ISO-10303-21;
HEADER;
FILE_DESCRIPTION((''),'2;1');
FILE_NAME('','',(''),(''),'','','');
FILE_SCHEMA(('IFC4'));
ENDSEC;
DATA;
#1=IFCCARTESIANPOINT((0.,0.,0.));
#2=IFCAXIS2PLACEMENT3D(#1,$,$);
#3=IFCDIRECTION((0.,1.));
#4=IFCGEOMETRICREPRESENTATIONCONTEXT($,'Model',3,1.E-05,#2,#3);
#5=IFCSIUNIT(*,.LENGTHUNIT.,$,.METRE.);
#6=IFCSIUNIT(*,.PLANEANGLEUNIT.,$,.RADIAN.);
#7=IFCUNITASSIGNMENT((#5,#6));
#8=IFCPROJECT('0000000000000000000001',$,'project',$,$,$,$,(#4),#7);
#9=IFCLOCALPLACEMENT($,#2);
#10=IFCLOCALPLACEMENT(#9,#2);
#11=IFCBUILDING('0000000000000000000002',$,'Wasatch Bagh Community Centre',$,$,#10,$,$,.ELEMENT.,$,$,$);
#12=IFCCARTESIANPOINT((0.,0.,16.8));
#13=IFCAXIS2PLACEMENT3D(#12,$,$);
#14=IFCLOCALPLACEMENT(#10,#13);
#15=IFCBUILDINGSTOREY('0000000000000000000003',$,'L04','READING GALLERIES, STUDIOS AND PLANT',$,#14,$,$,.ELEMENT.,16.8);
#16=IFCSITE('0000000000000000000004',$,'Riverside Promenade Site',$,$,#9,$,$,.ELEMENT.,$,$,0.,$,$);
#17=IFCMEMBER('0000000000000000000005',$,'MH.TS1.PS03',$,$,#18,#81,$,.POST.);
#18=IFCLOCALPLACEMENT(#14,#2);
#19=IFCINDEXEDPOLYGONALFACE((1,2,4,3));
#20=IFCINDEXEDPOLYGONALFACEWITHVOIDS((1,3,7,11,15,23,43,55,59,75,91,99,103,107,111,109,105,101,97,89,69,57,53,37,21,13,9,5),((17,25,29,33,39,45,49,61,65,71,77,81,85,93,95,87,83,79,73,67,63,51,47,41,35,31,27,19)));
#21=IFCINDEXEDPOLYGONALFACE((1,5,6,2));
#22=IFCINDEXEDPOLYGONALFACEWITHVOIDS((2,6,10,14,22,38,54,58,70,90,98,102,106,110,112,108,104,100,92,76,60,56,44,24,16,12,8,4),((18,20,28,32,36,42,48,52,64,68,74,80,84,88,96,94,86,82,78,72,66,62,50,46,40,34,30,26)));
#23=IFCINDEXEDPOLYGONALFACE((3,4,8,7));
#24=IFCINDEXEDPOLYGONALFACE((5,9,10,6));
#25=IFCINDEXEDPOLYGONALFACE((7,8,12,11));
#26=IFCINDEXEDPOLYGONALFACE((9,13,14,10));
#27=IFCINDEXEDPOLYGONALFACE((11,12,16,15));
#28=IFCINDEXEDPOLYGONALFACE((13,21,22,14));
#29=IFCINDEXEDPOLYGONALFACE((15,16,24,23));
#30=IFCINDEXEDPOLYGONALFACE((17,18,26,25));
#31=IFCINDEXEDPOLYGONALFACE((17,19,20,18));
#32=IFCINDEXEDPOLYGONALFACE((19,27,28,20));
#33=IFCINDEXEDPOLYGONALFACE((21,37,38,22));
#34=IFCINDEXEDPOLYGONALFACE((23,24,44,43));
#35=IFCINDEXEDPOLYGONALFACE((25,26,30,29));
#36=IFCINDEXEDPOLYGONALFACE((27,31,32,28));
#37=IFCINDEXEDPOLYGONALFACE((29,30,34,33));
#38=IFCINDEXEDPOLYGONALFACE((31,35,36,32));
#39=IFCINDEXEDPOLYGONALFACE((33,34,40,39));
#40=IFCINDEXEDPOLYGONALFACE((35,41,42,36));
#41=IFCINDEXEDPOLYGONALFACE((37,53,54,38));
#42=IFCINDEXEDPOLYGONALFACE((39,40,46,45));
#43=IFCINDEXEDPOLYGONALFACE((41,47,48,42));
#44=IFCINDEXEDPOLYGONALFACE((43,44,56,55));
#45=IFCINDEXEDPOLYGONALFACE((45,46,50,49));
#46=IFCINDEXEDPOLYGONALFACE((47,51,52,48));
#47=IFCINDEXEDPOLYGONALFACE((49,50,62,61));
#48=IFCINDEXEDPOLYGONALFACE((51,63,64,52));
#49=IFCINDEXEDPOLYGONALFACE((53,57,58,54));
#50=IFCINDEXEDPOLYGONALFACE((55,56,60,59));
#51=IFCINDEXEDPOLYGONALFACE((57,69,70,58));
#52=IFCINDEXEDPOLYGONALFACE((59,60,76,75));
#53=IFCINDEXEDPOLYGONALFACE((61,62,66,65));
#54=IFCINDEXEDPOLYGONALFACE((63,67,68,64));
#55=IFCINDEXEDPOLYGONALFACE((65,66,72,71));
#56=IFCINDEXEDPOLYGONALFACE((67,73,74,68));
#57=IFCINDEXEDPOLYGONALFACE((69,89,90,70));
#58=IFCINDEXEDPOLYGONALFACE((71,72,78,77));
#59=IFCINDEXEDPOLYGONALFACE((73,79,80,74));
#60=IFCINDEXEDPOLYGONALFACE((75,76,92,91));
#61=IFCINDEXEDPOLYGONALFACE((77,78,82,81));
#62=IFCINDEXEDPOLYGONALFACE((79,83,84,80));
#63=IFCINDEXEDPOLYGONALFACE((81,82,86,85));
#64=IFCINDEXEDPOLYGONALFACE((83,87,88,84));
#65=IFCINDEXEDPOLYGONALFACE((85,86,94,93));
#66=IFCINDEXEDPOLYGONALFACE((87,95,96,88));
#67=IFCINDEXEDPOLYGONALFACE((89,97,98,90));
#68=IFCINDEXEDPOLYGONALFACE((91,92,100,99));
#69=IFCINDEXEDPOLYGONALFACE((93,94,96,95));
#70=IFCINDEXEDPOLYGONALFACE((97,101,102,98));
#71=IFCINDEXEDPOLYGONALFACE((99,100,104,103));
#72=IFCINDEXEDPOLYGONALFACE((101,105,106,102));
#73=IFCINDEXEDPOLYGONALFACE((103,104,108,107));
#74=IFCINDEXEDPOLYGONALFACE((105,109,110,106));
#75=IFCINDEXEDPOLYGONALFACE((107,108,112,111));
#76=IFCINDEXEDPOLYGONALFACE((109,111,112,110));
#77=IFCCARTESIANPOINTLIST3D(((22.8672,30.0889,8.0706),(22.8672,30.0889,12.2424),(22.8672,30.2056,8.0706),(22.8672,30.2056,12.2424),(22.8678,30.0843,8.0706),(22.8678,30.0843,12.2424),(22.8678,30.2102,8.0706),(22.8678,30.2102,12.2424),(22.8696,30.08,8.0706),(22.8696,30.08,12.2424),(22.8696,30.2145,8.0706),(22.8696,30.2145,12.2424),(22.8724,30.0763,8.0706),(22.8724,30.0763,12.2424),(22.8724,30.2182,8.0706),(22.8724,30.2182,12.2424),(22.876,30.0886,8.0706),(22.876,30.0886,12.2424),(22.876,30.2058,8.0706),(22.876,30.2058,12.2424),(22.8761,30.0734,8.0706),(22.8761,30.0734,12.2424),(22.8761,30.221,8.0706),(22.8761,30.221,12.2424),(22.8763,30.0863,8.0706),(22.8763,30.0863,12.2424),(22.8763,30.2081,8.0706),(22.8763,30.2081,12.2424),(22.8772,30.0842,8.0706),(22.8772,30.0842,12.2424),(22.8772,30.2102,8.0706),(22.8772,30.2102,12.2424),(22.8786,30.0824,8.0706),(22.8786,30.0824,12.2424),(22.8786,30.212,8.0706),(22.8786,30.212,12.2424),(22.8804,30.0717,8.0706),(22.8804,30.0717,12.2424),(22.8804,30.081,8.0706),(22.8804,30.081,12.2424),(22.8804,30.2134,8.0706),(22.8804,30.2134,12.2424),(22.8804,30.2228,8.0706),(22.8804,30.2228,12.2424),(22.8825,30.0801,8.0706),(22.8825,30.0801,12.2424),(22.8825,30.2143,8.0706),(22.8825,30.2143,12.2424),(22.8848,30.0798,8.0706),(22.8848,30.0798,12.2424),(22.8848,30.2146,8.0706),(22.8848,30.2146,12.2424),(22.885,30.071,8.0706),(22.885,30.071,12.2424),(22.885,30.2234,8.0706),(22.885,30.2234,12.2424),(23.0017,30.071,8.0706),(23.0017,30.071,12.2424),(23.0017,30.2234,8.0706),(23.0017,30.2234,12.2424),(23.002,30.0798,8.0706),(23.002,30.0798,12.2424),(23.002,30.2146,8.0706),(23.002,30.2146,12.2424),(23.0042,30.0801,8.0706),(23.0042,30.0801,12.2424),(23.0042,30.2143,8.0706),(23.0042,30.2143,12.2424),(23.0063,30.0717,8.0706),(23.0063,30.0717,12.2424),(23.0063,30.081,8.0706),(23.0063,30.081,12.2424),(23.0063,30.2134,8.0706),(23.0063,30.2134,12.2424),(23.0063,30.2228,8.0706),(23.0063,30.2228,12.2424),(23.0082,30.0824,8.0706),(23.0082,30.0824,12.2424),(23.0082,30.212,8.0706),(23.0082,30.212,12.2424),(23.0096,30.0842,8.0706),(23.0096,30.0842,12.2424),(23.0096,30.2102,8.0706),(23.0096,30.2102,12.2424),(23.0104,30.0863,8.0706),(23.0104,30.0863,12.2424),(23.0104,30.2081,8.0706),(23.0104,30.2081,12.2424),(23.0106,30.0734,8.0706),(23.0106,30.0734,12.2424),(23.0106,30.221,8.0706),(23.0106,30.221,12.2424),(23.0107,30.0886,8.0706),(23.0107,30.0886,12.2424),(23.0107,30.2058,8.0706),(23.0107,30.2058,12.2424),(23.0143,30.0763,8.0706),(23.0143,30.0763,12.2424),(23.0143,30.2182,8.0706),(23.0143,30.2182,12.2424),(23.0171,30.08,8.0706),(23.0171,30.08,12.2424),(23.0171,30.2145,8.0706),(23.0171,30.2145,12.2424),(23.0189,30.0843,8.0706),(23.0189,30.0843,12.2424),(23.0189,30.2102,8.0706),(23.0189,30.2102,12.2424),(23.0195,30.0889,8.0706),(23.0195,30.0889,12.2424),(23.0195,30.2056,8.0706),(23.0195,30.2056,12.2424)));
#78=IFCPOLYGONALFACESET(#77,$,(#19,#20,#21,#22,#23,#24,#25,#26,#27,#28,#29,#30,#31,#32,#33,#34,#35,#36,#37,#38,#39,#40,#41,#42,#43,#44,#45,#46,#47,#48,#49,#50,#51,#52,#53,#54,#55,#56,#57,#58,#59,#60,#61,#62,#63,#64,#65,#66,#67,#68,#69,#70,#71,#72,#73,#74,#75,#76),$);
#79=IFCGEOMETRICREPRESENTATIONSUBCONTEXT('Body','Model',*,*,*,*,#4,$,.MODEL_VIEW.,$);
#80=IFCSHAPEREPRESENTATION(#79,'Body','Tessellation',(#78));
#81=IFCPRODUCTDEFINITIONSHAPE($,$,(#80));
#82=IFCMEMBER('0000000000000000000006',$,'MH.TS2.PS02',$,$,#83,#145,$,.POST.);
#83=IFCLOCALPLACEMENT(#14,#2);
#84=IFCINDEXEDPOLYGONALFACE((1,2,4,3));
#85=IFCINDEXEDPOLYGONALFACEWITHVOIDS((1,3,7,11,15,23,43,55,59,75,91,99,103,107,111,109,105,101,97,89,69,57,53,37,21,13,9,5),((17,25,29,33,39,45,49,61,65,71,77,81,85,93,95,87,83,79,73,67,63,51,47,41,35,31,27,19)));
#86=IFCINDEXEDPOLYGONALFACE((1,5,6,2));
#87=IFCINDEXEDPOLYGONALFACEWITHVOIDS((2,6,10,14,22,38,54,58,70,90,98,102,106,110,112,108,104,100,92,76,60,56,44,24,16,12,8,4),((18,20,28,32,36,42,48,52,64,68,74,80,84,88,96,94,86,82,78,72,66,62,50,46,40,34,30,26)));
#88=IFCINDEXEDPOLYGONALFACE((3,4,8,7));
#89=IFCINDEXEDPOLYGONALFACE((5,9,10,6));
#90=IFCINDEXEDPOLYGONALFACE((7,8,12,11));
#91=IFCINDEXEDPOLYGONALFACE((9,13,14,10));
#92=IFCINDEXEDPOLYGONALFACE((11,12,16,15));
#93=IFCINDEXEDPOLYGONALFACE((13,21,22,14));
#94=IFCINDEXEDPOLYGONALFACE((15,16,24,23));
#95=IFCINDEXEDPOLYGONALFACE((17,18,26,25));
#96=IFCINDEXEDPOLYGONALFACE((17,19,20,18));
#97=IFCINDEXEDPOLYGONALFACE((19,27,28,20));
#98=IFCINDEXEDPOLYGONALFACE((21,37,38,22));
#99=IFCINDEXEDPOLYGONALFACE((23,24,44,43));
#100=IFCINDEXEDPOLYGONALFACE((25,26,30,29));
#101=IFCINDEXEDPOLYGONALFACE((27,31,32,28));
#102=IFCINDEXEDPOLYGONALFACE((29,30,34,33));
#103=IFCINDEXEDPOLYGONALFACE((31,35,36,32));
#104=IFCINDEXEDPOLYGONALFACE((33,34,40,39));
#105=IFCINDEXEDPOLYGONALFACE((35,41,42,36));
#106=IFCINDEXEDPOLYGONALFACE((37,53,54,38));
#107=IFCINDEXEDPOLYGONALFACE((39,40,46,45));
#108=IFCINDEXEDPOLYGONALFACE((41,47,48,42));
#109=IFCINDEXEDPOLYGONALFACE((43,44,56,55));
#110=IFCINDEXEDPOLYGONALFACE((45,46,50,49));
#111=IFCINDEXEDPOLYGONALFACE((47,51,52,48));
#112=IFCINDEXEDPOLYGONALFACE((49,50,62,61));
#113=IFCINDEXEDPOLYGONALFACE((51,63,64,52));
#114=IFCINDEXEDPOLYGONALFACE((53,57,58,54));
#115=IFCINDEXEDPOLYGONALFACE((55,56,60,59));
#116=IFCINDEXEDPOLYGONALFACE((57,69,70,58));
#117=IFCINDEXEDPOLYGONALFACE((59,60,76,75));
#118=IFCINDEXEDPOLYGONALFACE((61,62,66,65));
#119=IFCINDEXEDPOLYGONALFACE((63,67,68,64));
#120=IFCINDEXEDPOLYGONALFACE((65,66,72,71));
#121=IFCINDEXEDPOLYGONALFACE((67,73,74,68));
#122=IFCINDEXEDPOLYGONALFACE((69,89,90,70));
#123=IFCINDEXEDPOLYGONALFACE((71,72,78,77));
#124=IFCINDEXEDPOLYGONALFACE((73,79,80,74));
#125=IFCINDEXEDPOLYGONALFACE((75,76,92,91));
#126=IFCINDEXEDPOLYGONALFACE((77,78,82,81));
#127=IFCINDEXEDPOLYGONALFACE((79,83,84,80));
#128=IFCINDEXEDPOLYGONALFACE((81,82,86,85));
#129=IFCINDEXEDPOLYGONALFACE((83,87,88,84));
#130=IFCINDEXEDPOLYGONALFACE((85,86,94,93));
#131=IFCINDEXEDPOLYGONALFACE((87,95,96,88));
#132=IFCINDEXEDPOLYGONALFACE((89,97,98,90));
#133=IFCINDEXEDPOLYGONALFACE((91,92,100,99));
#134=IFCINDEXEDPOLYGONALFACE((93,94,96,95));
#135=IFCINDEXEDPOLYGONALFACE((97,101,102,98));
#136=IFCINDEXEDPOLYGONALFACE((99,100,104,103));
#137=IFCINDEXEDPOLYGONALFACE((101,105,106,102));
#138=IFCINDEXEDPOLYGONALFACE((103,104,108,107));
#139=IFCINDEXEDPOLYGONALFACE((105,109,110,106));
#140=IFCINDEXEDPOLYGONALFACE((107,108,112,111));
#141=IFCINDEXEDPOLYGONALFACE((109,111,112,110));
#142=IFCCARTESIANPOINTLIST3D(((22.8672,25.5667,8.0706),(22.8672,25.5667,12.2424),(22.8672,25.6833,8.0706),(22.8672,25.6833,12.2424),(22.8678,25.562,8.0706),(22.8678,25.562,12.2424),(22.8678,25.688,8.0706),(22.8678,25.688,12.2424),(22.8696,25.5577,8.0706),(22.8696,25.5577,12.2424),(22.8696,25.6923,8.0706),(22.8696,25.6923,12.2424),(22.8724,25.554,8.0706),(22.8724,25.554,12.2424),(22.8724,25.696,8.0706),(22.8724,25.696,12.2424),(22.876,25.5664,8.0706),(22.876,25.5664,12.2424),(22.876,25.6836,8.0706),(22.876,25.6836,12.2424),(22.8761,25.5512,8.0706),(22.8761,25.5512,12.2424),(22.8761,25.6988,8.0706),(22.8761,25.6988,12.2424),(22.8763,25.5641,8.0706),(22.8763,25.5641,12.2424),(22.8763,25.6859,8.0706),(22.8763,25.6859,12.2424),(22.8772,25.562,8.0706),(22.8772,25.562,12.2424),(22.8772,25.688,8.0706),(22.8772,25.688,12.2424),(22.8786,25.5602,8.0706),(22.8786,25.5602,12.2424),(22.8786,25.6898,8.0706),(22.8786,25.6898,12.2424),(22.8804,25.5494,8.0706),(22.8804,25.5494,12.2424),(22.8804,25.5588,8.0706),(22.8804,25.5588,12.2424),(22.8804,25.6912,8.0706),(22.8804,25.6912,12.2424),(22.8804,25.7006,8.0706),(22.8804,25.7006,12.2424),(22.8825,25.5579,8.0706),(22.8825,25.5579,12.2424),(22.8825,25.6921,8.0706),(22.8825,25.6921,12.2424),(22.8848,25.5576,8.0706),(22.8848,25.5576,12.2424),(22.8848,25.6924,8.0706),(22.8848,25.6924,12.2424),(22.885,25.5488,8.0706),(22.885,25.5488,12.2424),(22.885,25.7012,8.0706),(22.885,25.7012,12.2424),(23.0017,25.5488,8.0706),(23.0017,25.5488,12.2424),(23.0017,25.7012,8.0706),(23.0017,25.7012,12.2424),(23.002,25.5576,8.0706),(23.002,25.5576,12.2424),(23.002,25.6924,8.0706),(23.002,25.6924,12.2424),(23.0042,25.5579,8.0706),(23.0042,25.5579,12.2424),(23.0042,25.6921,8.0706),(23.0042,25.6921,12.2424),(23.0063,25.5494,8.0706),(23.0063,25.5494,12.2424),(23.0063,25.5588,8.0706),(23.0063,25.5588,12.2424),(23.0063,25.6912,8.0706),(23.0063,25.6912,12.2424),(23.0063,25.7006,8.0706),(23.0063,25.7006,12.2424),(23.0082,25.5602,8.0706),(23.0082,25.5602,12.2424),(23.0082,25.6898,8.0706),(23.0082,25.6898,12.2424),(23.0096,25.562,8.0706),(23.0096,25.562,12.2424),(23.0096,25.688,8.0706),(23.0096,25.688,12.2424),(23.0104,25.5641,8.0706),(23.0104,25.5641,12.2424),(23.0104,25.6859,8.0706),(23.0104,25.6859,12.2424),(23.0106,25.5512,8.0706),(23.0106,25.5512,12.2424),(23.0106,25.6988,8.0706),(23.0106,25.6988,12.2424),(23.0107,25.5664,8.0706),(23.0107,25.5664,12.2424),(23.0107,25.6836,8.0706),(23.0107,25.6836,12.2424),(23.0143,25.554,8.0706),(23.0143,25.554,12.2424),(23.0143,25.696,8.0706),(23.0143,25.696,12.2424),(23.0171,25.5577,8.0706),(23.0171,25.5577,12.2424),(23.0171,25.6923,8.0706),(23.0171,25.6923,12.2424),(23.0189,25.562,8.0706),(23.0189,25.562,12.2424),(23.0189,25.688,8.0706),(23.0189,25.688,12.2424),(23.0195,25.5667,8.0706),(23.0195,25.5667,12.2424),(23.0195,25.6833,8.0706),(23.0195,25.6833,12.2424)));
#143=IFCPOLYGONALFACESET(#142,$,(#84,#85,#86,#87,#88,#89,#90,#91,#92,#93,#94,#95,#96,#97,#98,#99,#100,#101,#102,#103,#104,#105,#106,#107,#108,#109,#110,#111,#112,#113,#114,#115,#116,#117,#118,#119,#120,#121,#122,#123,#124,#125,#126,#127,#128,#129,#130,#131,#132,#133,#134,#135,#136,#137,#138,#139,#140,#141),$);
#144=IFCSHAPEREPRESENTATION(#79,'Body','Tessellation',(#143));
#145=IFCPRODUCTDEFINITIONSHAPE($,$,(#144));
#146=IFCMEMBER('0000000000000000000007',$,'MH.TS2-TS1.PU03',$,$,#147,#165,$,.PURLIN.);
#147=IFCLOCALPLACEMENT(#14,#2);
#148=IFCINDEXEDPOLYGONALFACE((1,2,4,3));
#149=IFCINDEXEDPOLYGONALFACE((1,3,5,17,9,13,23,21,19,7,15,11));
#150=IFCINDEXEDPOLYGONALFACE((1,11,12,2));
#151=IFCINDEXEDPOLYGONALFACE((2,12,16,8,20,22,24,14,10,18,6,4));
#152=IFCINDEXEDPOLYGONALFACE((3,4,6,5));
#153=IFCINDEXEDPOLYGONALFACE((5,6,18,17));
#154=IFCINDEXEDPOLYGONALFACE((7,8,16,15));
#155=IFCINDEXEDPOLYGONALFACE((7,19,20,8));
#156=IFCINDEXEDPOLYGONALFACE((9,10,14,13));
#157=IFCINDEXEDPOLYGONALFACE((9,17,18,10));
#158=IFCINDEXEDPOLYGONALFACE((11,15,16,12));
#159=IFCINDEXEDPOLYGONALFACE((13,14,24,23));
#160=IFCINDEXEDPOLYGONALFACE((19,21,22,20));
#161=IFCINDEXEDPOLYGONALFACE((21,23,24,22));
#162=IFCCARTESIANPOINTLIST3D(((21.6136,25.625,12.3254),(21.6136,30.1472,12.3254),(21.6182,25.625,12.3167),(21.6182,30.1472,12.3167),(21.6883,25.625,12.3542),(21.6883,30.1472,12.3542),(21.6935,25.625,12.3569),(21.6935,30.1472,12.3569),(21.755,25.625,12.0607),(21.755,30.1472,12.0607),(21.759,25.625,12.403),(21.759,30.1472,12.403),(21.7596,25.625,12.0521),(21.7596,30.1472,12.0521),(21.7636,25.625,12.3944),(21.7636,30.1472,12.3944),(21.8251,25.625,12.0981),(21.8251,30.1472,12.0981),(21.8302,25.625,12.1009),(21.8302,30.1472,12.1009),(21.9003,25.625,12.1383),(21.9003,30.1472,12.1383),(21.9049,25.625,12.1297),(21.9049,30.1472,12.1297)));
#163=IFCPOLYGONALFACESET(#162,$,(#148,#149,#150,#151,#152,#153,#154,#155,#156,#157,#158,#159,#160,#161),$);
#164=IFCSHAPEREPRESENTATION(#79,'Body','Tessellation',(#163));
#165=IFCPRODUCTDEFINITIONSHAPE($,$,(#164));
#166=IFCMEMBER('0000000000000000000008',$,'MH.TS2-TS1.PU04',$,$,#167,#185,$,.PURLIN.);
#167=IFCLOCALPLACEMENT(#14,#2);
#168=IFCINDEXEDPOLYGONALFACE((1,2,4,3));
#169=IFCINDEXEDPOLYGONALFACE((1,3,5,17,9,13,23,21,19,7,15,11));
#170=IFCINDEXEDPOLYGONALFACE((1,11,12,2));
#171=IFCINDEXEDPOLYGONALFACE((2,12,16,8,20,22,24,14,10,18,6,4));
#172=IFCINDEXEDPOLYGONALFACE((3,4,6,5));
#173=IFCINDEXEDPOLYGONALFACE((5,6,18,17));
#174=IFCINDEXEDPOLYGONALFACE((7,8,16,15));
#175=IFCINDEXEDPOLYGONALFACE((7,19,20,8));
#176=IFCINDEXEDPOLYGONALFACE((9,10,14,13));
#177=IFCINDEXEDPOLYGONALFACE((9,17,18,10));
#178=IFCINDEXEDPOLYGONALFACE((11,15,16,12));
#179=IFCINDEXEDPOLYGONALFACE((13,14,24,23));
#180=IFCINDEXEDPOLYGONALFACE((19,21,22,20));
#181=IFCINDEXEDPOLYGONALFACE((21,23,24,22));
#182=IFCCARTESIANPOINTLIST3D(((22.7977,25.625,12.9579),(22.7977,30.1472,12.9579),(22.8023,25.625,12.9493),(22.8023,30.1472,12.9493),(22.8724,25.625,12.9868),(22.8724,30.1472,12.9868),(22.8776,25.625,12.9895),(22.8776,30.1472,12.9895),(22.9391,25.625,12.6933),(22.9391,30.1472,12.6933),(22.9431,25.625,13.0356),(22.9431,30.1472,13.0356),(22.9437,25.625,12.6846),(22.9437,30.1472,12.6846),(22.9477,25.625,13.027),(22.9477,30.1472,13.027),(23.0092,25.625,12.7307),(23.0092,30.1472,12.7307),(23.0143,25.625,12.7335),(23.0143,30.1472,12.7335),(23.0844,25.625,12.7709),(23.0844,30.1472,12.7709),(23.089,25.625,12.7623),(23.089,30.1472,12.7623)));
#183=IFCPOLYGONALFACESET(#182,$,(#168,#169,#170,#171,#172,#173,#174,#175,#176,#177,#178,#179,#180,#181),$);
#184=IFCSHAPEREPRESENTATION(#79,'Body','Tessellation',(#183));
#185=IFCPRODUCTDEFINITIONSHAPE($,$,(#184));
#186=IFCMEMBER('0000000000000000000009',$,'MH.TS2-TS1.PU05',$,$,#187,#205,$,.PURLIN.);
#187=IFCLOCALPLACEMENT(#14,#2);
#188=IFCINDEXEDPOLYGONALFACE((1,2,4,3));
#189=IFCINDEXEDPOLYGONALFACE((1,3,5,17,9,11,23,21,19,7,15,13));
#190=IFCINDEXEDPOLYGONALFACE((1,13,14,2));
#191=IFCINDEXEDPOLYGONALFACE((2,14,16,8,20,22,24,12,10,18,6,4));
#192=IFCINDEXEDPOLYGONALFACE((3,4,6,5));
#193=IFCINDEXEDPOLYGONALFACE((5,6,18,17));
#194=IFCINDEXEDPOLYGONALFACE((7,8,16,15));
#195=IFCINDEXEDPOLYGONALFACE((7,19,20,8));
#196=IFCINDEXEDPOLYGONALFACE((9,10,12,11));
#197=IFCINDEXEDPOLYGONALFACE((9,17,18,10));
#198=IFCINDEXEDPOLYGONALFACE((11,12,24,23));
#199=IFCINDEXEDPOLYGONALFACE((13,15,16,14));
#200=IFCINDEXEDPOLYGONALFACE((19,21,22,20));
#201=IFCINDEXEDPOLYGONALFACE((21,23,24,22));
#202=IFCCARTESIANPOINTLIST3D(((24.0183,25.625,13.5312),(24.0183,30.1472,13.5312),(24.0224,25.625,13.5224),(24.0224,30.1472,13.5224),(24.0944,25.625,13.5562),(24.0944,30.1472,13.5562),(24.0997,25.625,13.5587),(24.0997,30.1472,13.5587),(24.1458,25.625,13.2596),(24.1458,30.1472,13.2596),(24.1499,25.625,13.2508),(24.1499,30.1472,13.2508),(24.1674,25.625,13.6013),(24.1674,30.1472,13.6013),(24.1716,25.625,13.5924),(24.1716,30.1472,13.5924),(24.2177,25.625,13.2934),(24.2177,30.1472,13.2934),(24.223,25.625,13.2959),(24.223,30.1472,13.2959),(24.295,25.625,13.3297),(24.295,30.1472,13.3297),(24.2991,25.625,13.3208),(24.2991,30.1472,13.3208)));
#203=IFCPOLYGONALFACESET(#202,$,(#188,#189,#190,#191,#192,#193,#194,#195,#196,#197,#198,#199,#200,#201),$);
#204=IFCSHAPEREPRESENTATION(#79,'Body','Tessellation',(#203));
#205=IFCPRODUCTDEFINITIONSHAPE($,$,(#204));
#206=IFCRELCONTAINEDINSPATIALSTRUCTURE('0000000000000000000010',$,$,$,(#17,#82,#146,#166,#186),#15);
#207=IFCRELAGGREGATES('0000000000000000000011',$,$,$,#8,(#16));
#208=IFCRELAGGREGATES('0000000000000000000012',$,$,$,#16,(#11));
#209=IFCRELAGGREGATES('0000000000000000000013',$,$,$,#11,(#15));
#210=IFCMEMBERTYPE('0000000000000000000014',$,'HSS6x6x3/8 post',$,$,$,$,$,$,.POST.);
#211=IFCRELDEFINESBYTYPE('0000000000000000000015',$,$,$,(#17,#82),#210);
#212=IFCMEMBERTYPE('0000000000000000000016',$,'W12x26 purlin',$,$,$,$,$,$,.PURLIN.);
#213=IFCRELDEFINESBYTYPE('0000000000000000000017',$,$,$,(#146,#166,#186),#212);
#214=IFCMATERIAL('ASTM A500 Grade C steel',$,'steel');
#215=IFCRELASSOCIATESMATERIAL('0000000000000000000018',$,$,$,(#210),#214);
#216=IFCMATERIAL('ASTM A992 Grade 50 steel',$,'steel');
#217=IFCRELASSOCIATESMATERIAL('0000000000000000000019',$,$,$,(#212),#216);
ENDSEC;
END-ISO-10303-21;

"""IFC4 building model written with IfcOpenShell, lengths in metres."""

from ifc_helpers import new_model, si_unit, direction, frame, origin, origin_2d, place, context, subcontext, project, spatial, hollow_rectangle, i_section, extrude, material, material_profile, profile_set, type_object, element, save


model = new_model("IFC4")

# Units and contexts
model_context = context("Model", 3, precision=1e-05, world=origin(), true_north=direction((0.0, 1.0)))
body_context = subcontext(model_context, "Body", "Model", "MODEL_VIEW")
ifc_project = project(units=[si_unit("LENGTHUNIT", "METRE"), si_unit("PLANEANGLEUNIT", "RADIAN")], contexts=[model_context])

# Site, building, storey
site_placement = place(None, origin())
site = spatial("IfcSite", under=ifc_project, at=site_placement, Name="Riverside Promenade Site", CompositionType="ELEMENT", RefElevation=0.0)
building_placement = place(site_placement, origin())
building = spatial("IfcBuilding", under=site, at=building_placement, Name="Wasatch Bagh Community Centre", CompositionType="ELEMENT")
storey_placement = place(building_placement, frame((0.0, 0.0, 16.8)))
storey = spatial("IfcBuildingStorey", under=building, at=storey_placement, Name="L04", Description="READING GALLERIES, STUDIOS AND PLANT", CompositionType="ELEMENT", Elevation=16.8)

# Members
ifc_material_1 = material(Name="ASTM A500 Grade C steel", Category="steel")
ifc_material_profile_1 = material_profile(ifc_material_1, hollow_rectangle(XDim=0.1523, YDim=0.1523, WallThickness=0.0088, InnerFilletRadius=0.0088, OuterFilletRadius=0.0178, at=origin_2d()), Name="HSS6x6x3/8")
ifc_profile_set_1 = profile_set([ifc_material_profile_1], Name="ASTM A500 Grade C steel")
member_type_1 = type_object("IfcMemberType", Name="HSS6x6x3/8 post", PredefinedType="POST", material=ifc_profile_set_1)
for number, where, z_axis, x_axis, name in (
    (1, (22.9434, 30.1472, 8.0706), (0.0, 0.0, 1.0), (1.0, 0.0, 0.0), "MH.TS1.PS03"),
    (2, (22.9434, 25.625, 8.0706), (0.0, 0.0, 1.0), (1.0, 0.0, 0.0), "MH.TS2.PS02"),
):
    element("IfcMember", number, at=place(storey_placement, frame(where, z_axis=z_axis, x_axis=x_axis)), inside=storey, type_object=member_type_1, Name=name, PredefinedType="POST", context=body_context, shape_type="SweptSolid", body=[
        extrude(hollow_rectangle(XDim=0.1523, YDim=0.1523, WallThickness=0.0088, InnerFilletRadius=0.0088, OuterFilletRadius=0.0178, at=origin_2d()), origin(), (0.0, 0.0, 1.0), 4.1719),
    ])
ifc_material_2 = material(Name="ASTM A992 Grade 50 steel", Category="steel")
ifc_material_profile_2 = material_profile(ifc_material_2, i_section(OverallWidth=0.1648, OverallDepth=0.3098, WebThickness=0.0059, FlangeThickness=0.0098, at=origin_2d()), Name="W12x26")
ifc_profile_set_2 = profile_set([ifc_material_profile_2], Name="ASTM A992 Grade 50 steel")
member_type_2 = type_object("IfcMemberType", Name="W12x26 purlin", PredefinedType="PURLIN", material=ifc_profile_set_2)
for number, where, z_axis, x_axis, name in (
    (3, (21.7593, 25.625, 12.2275), (0.0, 1.0, 0.0), (-0.882062, 0.0, -0.471133), "MH.TS2-TS1.PU03"),
    (4, (22.9434, 25.625, 12.8601), (0.0, 1.0, 0.0), (-0.882062, 0.0, -0.471133), "MH.TS2-TS1.PU04"),
    (5, (24.1587, 25.625, 13.426), (0.0, 1.0, 0.0), (-0.905205, 0.0, -0.424976), "MH.TS2-TS1.PU05"),
):
    element("IfcMember", number, at=place(storey_placement, frame(where, z_axis=z_axis, x_axis=x_axis)), inside=storey, type_object=member_type_2, Name=name, PredefinedType="PURLIN", context=body_context, shape_type="SweptSolid", body=[
        extrude(i_section(OverallWidth=0.1648, OverallDepth=0.3098, WebThickness=0.0059, FlangeThickness=0.0098, at=origin_2d()), origin(), (0.0, 0.0, 1.0), 4.5222),
    ])

save(model, "model.ifc")
